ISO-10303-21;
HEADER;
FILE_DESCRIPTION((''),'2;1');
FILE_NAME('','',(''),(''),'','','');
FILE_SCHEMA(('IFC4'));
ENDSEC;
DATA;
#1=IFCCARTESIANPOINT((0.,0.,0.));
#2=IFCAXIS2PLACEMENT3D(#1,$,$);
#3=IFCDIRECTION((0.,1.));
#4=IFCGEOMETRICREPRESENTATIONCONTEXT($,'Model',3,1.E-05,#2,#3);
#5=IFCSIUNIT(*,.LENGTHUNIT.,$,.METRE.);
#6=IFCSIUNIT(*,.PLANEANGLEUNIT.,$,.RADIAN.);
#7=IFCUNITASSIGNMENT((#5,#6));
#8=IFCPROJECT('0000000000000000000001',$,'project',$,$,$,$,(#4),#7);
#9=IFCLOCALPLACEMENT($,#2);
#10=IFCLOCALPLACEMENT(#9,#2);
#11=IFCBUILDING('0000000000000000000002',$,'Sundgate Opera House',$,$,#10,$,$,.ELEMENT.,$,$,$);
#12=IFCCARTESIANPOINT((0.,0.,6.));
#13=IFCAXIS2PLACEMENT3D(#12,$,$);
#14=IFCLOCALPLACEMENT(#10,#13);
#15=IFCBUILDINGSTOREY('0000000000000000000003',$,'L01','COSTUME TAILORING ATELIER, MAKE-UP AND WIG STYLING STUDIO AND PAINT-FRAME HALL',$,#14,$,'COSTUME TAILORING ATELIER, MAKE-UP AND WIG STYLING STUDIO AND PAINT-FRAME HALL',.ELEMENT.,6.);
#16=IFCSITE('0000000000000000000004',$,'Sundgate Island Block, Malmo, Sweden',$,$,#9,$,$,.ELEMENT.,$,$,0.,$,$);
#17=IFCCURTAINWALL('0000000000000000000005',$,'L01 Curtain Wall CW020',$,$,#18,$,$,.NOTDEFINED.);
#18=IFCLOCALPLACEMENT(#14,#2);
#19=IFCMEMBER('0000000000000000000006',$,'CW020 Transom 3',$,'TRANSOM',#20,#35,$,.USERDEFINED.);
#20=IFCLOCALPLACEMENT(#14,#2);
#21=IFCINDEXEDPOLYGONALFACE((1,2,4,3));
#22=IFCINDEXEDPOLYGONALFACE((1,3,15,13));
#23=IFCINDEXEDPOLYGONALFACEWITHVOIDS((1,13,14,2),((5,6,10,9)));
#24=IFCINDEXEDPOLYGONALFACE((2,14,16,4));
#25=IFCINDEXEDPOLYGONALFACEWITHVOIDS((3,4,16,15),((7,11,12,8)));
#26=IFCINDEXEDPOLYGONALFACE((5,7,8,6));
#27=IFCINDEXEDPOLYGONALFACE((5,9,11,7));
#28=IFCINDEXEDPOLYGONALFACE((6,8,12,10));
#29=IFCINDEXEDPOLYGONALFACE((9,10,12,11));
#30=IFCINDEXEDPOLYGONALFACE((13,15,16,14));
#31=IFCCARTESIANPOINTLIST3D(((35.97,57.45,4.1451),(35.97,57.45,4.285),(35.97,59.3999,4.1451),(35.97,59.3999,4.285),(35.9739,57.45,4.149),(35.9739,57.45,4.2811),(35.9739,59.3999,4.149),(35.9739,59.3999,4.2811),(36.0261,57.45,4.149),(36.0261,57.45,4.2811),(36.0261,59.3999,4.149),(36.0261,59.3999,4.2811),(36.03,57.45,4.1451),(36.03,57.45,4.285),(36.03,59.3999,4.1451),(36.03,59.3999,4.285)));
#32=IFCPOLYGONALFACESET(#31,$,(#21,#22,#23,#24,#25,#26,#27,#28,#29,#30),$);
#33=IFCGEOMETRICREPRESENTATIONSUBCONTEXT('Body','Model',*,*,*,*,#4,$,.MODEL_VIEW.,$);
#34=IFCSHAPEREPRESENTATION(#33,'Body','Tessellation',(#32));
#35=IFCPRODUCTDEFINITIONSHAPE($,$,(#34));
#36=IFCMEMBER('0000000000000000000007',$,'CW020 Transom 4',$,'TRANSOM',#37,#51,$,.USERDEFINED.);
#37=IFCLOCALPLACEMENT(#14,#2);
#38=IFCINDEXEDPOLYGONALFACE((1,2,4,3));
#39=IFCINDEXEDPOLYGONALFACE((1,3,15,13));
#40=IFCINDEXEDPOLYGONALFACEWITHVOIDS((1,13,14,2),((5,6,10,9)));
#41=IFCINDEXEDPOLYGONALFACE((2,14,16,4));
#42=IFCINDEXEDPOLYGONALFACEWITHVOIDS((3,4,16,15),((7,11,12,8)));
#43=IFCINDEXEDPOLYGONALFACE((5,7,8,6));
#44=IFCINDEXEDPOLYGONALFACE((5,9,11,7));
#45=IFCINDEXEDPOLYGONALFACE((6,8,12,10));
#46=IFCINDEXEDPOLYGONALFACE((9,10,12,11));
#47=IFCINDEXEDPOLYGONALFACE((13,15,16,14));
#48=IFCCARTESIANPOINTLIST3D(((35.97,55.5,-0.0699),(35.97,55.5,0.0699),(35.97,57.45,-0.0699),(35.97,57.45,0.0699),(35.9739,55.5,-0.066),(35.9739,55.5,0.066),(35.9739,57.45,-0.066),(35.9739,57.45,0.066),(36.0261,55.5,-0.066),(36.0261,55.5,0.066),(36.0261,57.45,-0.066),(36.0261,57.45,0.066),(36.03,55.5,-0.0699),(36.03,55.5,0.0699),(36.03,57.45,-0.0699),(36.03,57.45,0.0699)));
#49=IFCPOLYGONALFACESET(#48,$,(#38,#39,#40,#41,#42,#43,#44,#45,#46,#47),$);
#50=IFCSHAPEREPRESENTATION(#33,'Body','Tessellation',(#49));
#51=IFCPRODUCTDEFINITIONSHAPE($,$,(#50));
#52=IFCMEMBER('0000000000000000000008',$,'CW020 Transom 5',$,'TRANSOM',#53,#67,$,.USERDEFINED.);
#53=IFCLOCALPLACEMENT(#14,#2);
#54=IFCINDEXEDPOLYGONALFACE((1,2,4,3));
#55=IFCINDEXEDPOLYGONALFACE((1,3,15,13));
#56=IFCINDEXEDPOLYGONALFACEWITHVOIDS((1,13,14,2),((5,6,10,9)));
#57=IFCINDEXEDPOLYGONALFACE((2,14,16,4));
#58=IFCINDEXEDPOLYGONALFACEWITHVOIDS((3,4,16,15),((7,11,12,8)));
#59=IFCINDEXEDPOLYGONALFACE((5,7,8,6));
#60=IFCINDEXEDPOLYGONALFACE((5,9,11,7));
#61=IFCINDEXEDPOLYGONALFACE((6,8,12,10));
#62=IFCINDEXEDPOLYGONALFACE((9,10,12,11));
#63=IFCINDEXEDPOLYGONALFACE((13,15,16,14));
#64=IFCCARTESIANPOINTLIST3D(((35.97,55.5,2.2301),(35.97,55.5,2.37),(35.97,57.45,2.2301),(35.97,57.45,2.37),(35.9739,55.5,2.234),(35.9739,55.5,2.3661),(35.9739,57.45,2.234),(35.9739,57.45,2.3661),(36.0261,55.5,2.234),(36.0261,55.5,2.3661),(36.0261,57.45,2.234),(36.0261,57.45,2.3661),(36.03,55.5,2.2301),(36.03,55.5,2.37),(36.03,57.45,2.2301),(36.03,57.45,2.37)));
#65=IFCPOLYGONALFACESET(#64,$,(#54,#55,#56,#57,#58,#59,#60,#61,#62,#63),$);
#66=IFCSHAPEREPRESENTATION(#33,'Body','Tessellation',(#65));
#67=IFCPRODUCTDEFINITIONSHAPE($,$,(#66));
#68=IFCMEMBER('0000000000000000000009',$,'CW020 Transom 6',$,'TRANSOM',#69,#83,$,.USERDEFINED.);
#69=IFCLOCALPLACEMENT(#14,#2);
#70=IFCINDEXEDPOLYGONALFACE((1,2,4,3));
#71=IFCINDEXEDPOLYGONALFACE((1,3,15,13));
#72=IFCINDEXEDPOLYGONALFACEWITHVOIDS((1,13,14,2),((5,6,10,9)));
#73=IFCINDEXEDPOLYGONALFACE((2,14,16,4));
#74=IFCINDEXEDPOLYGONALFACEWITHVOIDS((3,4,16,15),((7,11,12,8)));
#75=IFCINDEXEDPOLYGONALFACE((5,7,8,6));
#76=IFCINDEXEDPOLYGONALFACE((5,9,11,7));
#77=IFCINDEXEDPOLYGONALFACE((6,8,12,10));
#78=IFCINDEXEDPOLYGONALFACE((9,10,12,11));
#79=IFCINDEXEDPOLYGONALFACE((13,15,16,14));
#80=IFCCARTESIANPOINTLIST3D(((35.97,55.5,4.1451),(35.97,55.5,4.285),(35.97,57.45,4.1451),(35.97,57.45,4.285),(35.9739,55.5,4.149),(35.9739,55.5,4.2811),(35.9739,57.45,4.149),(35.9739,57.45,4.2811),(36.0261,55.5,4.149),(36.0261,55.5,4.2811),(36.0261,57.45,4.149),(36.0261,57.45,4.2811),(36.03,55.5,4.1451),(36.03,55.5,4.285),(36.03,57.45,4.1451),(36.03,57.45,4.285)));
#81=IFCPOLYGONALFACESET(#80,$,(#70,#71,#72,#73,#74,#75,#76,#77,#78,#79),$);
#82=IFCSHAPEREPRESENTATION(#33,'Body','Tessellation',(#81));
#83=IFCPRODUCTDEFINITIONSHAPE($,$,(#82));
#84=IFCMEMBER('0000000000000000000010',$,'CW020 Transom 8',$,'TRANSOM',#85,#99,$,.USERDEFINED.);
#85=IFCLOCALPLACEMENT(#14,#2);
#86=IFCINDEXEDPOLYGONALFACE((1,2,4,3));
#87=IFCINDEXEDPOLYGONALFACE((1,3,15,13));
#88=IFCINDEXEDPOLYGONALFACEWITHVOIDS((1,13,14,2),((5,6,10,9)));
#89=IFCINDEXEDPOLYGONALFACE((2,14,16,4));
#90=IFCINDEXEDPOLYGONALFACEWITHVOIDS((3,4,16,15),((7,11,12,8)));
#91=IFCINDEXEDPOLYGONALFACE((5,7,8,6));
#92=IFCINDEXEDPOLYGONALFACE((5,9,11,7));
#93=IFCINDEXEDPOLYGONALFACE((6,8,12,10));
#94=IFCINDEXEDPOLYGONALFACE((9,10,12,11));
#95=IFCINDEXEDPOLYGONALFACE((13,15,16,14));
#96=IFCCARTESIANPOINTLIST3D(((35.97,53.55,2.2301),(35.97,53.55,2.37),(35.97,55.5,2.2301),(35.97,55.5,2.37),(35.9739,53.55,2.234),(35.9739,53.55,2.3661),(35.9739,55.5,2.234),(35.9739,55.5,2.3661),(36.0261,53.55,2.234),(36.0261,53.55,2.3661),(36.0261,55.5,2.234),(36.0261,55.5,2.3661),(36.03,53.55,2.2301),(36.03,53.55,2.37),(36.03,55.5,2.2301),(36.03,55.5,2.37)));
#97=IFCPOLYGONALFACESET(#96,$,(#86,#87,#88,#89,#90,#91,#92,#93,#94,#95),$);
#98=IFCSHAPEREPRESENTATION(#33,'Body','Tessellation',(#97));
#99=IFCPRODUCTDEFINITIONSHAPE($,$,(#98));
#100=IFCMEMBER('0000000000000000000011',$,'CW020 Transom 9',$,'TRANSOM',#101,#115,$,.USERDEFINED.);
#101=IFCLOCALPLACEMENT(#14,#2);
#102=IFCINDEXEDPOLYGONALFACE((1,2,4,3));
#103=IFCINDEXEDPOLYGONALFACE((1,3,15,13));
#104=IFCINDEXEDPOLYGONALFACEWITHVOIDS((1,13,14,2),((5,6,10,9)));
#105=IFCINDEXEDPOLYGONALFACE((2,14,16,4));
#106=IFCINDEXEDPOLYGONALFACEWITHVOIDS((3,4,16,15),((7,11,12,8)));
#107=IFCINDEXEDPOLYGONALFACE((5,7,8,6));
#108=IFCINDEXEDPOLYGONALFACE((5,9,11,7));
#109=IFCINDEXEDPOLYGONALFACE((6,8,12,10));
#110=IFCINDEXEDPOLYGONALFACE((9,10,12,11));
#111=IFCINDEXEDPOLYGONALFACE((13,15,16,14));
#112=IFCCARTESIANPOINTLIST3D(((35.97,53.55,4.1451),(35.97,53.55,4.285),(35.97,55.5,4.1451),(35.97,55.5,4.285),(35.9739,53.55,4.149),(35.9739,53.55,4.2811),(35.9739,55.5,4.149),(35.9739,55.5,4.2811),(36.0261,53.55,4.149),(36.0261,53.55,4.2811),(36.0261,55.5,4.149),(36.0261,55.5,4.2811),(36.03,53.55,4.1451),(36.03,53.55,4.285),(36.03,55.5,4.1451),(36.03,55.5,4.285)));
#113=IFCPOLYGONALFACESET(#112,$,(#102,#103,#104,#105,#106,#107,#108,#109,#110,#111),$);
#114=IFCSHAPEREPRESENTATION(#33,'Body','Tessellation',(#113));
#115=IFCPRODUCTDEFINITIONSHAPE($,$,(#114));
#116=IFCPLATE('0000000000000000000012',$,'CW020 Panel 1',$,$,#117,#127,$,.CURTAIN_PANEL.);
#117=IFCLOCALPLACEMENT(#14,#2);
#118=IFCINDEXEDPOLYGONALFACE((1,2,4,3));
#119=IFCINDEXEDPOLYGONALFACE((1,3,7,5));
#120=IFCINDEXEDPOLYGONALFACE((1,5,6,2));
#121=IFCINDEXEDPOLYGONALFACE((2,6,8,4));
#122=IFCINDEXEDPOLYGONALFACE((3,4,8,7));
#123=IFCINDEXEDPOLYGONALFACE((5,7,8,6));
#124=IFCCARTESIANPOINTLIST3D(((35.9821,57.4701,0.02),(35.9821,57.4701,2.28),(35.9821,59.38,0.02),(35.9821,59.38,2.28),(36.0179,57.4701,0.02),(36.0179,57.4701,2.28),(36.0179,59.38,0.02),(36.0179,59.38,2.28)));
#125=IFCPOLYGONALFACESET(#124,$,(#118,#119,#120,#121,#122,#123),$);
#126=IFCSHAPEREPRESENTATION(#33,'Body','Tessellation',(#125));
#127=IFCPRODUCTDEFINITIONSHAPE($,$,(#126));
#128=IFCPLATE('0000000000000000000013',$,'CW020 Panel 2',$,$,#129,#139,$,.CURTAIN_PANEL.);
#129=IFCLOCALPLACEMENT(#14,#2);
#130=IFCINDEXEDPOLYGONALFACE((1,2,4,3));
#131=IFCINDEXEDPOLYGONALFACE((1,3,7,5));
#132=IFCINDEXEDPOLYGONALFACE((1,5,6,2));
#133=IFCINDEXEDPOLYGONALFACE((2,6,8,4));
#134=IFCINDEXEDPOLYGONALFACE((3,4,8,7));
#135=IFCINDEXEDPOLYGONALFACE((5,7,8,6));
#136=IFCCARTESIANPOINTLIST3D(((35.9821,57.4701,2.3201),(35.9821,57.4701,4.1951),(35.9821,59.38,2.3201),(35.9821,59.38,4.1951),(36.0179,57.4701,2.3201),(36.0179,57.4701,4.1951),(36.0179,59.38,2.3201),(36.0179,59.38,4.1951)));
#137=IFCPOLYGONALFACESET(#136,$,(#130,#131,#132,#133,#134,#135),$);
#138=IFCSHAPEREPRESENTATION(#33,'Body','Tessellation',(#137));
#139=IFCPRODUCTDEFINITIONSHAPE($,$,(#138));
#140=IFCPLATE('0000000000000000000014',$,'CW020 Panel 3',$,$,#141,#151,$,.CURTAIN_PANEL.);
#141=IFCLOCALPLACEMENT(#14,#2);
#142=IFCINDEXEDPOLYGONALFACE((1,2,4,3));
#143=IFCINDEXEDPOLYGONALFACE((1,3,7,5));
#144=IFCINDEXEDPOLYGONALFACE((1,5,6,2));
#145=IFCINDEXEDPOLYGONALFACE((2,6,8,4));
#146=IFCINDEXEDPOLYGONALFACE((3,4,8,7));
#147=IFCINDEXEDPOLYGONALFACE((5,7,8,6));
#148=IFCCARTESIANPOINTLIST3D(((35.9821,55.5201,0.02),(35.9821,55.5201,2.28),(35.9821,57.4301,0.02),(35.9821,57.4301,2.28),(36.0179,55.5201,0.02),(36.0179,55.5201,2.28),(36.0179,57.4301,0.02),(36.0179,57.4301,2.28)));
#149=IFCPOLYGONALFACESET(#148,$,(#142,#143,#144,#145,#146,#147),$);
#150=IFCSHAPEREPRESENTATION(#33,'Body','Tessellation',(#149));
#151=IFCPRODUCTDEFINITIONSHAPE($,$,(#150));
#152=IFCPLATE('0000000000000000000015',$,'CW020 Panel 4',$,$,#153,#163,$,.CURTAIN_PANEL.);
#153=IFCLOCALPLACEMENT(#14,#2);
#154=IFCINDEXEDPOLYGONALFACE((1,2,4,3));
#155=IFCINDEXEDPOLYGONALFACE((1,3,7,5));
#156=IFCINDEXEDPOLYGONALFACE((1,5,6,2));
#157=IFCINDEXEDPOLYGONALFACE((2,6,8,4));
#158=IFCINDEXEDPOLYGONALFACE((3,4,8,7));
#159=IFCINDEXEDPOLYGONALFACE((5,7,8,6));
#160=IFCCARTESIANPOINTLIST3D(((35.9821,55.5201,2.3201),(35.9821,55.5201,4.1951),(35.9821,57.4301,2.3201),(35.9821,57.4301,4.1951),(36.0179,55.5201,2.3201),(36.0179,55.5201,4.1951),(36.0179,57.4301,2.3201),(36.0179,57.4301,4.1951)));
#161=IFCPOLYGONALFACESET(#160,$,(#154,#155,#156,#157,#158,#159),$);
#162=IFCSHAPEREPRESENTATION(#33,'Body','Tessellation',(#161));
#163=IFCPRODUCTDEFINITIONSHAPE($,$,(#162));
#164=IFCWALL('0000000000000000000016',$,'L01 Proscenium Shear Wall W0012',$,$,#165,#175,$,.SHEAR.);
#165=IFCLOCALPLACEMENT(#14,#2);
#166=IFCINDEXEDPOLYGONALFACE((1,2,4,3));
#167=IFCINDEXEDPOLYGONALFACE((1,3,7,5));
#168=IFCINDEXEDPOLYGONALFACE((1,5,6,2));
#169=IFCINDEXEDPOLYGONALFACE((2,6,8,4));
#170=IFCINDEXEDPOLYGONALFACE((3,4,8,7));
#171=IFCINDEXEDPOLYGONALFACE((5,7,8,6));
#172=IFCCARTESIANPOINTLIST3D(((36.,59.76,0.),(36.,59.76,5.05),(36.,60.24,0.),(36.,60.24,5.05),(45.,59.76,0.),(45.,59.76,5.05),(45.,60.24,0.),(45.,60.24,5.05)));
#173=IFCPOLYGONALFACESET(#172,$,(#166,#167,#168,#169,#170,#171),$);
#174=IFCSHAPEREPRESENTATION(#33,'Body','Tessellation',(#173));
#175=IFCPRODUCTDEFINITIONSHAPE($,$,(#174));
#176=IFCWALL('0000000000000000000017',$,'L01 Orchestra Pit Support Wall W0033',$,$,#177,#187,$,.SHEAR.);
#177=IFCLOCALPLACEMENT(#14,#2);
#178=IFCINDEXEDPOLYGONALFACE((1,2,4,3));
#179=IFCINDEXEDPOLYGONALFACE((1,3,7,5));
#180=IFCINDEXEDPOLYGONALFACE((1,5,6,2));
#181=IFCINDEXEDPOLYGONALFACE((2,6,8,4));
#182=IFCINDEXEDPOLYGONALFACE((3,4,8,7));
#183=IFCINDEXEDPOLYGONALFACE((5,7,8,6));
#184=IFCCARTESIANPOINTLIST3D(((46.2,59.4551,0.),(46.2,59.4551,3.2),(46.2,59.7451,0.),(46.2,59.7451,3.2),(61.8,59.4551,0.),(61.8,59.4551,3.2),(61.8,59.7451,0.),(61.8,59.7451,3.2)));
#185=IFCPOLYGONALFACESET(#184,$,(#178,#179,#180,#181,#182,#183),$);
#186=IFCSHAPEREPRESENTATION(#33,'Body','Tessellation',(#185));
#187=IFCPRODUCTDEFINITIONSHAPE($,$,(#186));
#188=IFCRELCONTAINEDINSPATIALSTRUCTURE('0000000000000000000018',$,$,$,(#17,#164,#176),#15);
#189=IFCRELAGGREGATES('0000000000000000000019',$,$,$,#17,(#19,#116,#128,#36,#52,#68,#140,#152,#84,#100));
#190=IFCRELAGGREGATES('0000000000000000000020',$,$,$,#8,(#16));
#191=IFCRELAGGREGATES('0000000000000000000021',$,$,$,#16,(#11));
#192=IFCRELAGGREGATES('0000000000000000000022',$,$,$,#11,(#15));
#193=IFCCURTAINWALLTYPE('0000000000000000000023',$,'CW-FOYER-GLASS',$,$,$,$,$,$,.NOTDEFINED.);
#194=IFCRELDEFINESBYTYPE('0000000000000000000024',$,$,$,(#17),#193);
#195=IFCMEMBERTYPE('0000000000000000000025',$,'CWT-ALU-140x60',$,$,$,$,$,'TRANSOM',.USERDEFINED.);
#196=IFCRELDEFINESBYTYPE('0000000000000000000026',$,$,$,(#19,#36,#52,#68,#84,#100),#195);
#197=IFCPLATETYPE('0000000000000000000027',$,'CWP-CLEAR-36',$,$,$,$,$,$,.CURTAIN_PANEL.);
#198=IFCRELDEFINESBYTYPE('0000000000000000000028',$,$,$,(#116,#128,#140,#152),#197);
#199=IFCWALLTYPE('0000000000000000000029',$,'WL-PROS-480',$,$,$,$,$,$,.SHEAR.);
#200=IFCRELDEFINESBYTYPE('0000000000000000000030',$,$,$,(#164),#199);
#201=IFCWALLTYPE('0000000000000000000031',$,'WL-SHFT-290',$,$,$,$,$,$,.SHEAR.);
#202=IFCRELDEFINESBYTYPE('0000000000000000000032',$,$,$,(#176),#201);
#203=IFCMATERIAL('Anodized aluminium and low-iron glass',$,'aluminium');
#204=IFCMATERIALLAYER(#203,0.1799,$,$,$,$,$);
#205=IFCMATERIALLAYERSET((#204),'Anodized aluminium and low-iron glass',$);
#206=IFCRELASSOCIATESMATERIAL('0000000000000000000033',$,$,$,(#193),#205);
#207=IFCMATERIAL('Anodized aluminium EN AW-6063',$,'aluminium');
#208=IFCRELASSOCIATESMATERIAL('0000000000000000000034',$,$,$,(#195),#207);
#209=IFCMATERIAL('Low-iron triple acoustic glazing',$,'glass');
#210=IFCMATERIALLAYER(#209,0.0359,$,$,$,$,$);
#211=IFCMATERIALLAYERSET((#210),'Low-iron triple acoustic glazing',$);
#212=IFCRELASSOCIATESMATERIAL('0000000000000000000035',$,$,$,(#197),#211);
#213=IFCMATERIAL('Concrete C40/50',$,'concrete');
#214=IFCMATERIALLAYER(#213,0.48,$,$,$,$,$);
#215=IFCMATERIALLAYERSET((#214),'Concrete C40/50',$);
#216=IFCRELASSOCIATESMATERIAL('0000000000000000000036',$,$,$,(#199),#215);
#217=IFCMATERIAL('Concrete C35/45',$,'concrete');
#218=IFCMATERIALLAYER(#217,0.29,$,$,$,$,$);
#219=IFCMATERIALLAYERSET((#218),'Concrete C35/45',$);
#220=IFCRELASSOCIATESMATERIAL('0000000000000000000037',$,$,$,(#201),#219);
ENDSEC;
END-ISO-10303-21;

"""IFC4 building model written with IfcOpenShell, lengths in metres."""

from ifc_helpers import new_model, si_unit, direction, frame, frame_2d, origin, origin_2d, place, context, subcontext, project, spatial, rectangle, hollow_rectangle, extrude, material, layer, layer_set, material_profile, profile_set, type_object, element, aggregate, save


model = new_model("IFC4")

# Units and contexts
model_context = context("Model", 3, precision=1e-05, world=origin(), true_north=direction((0.0, 1.0)))
body_context = subcontext(model_context, "Body", "Model", "MODEL_VIEW")
ifc_project = project(units=[si_unit("LENGTHUNIT", "METRE"), si_unit("PLANEANGLEUNIT", "RADIAN")], contexts=[model_context])

# Site, building, storey
site_placement = place(None, origin())
site = spatial("IfcSite", under=ifc_project, at=site_placement, Name="Sundgate Island Block, Malmo, Sweden", CompositionType="ELEMENT", RefElevation=0.0)
building_placement = place(site_placement, origin())
building = spatial("IfcBuilding", under=site, at=building_placement, Name="Sundgate Opera House", CompositionType="ELEMENT")
storey_placement = place(building_placement, frame((0.0, 0.0, 6.0)))
storey = spatial("IfcBuildingStorey", under=building, at=storey_placement, Name="L01", Description="COSTUME TAILORING ATELIER, MAKE-UP AND WIG STYLING STUDIO AND PAINT-FRAME HALL", LongName="COSTUME TAILORING ATELIER, MAKE-UP AND WIG STYLING STUDIO AND PAINT-FRAME HALL", CompositionType="ELEMENT", Elevation=6.0)

# Curtain wall, members, plates
ifc_material_1 = material(Name="Anodized aluminium and low-iron glass", Category="aluminium")
ifc_layer_1 = layer(ifc_material_1, 0.1799)
ifc_layer_set_1 = layer_set([ifc_layer_1], Name="Anodized aluminium and low-iron glass")
curtain_wall_type = type_object("IfcCurtainWallType", Name="CW-FOYER-GLASS", PredefinedType="NOTDEFINED", material=ifc_layer_set_1)
curtain_wall_placement = place(storey_placement, origin())
curtain_wall = element("IfcCurtainWall", 1, at=curtain_wall_placement, inside=storey, type_object=curtain_wall_type, Name="L01 Curtain Wall CW020", PredefinedType="NOTDEFINED")
ifc_material_2 = material(Name="Anodized aluminium EN AW-6063", Category="aluminium")
ifc_material_profile_1 = material_profile(ifc_material_2, hollow_rectangle(XDim=0.0601, YDim=0.1399, WallThickness=0.0039, at=origin_2d()), Name="CWT 140x60x4")
ifc_profile_set_1 = profile_set([ifc_material_profile_1], Name="Anodized aluminium EN AW-6063")
member_type_1 = type_object("IfcMemberType", Name="CWT-ALU-140x60", ElementType="TRANSOM", PredefinedType="USERDEFINED", material=ifc_profile_set_1)
member_1_placement = place(storey_placement, frame((36.0, 59.3999, 4.2151), z_axis=(0.0, -1.0, 0.0), x_axis=(1.0, 0.0, 0.0)))
member_1 = element("IfcMember", 2, at=member_1_placement, type_object=member_type_1, Name="CW020 Transom 3", ObjectType="TRANSOM", PredefinedType="USERDEFINED", context=body_context, shape_type="SweptSolid", body=[
    extrude(hollow_rectangle(XDim=0.0601, YDim=0.1399, WallThickness=0.0039, at=origin_2d()), origin(), (0.0, 0.0, 1.0), 1.95),
])
member_2_placement = place(storey_placement, frame((36.0, 57.45, 0.0), z_axis=(0.0, -1.0, 0.0), x_axis=(1.0, 0.0, 0.0)))
member_2 = element("IfcMember", 3, at=member_2_placement, type_object=member_type_1, Name="CW020 Transom 4", ObjectType="TRANSOM", PredefinedType="USERDEFINED", context=body_context, shape_type="SweptSolid", body=[
    extrude(hollow_rectangle(XDim=0.0601, YDim=0.1399, WallThickness=0.0039, at=origin_2d()), origin(), (0.0, 0.0, 1.0), 1.95),
])
member_3_placement = place(storey_placement, frame((36.0, 57.45, 2.3), z_axis=(0.0, -1.0, 0.0), x_axis=(1.0, 0.0, 0.0)))
member_3 = element("IfcMember", 4, at=member_3_placement, type_object=member_type_1, Name="CW020 Transom 5", ObjectType="TRANSOM", PredefinedType="USERDEFINED", context=body_context, shape_type="SweptSolid", body=[
    extrude(hollow_rectangle(XDim=0.0601, YDim=0.1399, WallThickness=0.0039, at=origin_2d()), origin(), (0.0, 0.0, 1.0), 1.95),
])
member_4_placement = place(storey_placement, frame((36.0, 57.45, 4.2151), z_axis=(0.0, -1.0, 0.0), x_axis=(1.0, 0.0, 0.0)))
member_4 = element("IfcMember", 5, at=member_4_placement, type_object=member_type_1, Name="CW020 Transom 6", ObjectType="TRANSOM", PredefinedType="USERDEFINED", context=body_context, shape_type="SweptSolid", body=[
    extrude(hollow_rectangle(XDim=0.0601, YDim=0.1399, WallThickness=0.0039, at=origin_2d()), origin(), (0.0, 0.0, 1.0), 1.95),
])
member_5_placement = place(storey_placement, frame((36.0, 55.5, 2.3), z_axis=(0.0, -1.0, 0.0), x_axis=(1.0, 0.0, 0.0)))
member_5 = element("IfcMember", 6, at=member_5_placement, type_object=member_type_1, Name="CW020 Transom 8", ObjectType="TRANSOM", PredefinedType="USERDEFINED", context=body_context, shape_type="SweptSolid", body=[
    extrude(hollow_rectangle(XDim=0.0601, YDim=0.1399, WallThickness=0.0039, at=origin_2d()), origin(), (0.0, 0.0, 1.0), 1.95),
])
member_6_placement = place(storey_placement, frame((36.0, 55.5, 4.2151), z_axis=(0.0, -1.0, 0.0), x_axis=(1.0, 0.0, 0.0)))
member_6 = element("IfcMember", 7, at=member_6_placement, type_object=member_type_1, Name="CW020 Transom 9", ObjectType="TRANSOM", PredefinedType="USERDEFINED", context=body_context, shape_type="SweptSolid", body=[
    extrude(hollow_rectangle(XDim=0.0601, YDim=0.1399, WallThickness=0.0039, at=origin_2d()), origin(), (0.0, 0.0, 1.0), 1.95),
])
ifc_material_3 = material(Name="Low-iron triple acoustic glazing", Category="glass")
ifc_layer_2 = layer(ifc_material_3, 0.0359)
ifc_layer_set_2 = layer_set([ifc_layer_2], Name="Low-iron triple acoustic glazing")
plate_type = type_object("IfcPlateType", Name="CWP-CLEAR-36", PredefinedType="CURTAIN_PANEL", material=ifc_layer_set_2)
plate_1_placement = place(storey_placement, frame((36.0, 58.425, 0.02), z_axis=(0.0, 0.0, 1.0), x_axis=(0.0, -1.0, 0.0)))
plate_1 = element("IfcPlate", 8, at=plate_1_placement, type_object=plate_type, Name="CW020 Panel 1", PredefinedType="CURTAIN_PANEL", context=body_context, shape_type="SweptSolid", body=[
    extrude(rectangle(XDim=1.9099, YDim=0.0359, at=origin_2d()), origin(), (0.0, 0.0, 1.0), 2.26),
])
plate_2_placement = place(storey_placement, frame((36.0, 58.425, 2.3201), z_axis=(0.0, 0.0, 1.0), x_axis=(0.0, -1.0, 0.0)))
plate_2 = element("IfcPlate", 9, at=plate_2_placement, type_object=plate_type, Name="CW020 Panel 2", PredefinedType="CURTAIN_PANEL", context=body_context, shape_type="SweptSolid", body=[
    extrude(rectangle(XDim=1.9099, YDim=0.0359, at=origin_2d()), origin(), (0.0, 0.0, 1.0), 1.875),
])
plate_3_placement = place(storey_placement, frame((36.0, 56.4751, 0.02), z_axis=(0.0, 0.0, 1.0), x_axis=(0.0, -1.0, 0.0)))
plate_3 = element("IfcPlate", 10, at=plate_3_placement, type_object=plate_type, Name="CW020 Panel 3", PredefinedType="CURTAIN_PANEL", context=body_context, shape_type="SweptSolid", body=[
    extrude(rectangle(XDim=1.9099, YDim=0.0359, at=origin_2d()), origin(), (0.0, 0.0, 1.0), 2.26),
])
plate_4_placement = place(storey_placement, frame((36.0, 56.4751, 2.3201), z_axis=(0.0, 0.0, 1.0), x_axis=(0.0, -1.0, 0.0)))
plate_4 = element("IfcPlate", 11, at=plate_4_placement, type_object=plate_type, Name="CW020 Panel 4", PredefinedType="CURTAIN_PANEL", context=body_context, shape_type="SweptSolid", body=[
    extrude(rectangle(XDim=1.9099, YDim=0.0359, at=origin_2d()), origin(), (0.0, 0.0, 1.0), 1.875),
])
aggregate(curtain_wall, [member_1, plate_1, plate_2, member_2, member_3, member_4, plate_3, plate_4, member_5, member_6])

# Walls
ifc_material_4 = material(Name="Concrete C40/50", Category="concrete")
ifc_layer_3 = layer(ifc_material_4, 0.48)
ifc_layer_set_3 = layer_set([ifc_layer_3], Name="Concrete C40/50")
wall_type_1 = type_object("IfcWallType", Name="WL-PROS-480", PredefinedType="SHEAR", material=ifc_layer_set_3)
wall_1_placement = place(storey_placement, frame((36.0, 60.0, 0.0), z_axis=(0.0, 0.0, 1.0), x_axis=(1.0, 0.0, 0.0)))
element("IfcWall", 12, at=wall_1_placement, inside=storey, type_object=wall_type_1, Name="L01 Proscenium Shear Wall W0012", PredefinedType="SHEAR", context=body_context, shape_type="SweptSolid", body=[
    extrude(rectangle(XDim=9.0, YDim=0.48, at=frame_2d((4.5, 0.0))), origin(), (0.0, 0.0, 1.0), 5.05),
])
ifc_material_5 = material(Name="Concrete C35/45", Category="concrete")
ifc_layer_4 = layer(ifc_material_5, 0.29)
ifc_layer_set_4 = layer_set([ifc_layer_4], Name="Concrete C35/45")
wall_type_2 = type_object("IfcWallType", Name="WL-SHFT-290", PredefinedType="SHEAR", material=ifc_layer_set_4)
wall_2_placement = place(storey_placement, frame((46.2, 59.6001, 0.0), z_axis=(0.0, 0.0, 1.0), x_axis=(1.0, 0.0, 0.0)))
element("IfcWall", 13, at=wall_2_placement, inside=storey, type_object=wall_type_2, Name="L01 Orchestra Pit Support Wall W0033", PredefinedType="SHEAR", context=body_context, shape_type="SweptSolid", body=[
    extrude(rectangle(XDim=15.6001, YDim=0.29, at=frame_2d((7.8, 0.0))), origin(), (0.0, 0.0, 1.0), 3.2),
])

save(model, "model.ifc")
